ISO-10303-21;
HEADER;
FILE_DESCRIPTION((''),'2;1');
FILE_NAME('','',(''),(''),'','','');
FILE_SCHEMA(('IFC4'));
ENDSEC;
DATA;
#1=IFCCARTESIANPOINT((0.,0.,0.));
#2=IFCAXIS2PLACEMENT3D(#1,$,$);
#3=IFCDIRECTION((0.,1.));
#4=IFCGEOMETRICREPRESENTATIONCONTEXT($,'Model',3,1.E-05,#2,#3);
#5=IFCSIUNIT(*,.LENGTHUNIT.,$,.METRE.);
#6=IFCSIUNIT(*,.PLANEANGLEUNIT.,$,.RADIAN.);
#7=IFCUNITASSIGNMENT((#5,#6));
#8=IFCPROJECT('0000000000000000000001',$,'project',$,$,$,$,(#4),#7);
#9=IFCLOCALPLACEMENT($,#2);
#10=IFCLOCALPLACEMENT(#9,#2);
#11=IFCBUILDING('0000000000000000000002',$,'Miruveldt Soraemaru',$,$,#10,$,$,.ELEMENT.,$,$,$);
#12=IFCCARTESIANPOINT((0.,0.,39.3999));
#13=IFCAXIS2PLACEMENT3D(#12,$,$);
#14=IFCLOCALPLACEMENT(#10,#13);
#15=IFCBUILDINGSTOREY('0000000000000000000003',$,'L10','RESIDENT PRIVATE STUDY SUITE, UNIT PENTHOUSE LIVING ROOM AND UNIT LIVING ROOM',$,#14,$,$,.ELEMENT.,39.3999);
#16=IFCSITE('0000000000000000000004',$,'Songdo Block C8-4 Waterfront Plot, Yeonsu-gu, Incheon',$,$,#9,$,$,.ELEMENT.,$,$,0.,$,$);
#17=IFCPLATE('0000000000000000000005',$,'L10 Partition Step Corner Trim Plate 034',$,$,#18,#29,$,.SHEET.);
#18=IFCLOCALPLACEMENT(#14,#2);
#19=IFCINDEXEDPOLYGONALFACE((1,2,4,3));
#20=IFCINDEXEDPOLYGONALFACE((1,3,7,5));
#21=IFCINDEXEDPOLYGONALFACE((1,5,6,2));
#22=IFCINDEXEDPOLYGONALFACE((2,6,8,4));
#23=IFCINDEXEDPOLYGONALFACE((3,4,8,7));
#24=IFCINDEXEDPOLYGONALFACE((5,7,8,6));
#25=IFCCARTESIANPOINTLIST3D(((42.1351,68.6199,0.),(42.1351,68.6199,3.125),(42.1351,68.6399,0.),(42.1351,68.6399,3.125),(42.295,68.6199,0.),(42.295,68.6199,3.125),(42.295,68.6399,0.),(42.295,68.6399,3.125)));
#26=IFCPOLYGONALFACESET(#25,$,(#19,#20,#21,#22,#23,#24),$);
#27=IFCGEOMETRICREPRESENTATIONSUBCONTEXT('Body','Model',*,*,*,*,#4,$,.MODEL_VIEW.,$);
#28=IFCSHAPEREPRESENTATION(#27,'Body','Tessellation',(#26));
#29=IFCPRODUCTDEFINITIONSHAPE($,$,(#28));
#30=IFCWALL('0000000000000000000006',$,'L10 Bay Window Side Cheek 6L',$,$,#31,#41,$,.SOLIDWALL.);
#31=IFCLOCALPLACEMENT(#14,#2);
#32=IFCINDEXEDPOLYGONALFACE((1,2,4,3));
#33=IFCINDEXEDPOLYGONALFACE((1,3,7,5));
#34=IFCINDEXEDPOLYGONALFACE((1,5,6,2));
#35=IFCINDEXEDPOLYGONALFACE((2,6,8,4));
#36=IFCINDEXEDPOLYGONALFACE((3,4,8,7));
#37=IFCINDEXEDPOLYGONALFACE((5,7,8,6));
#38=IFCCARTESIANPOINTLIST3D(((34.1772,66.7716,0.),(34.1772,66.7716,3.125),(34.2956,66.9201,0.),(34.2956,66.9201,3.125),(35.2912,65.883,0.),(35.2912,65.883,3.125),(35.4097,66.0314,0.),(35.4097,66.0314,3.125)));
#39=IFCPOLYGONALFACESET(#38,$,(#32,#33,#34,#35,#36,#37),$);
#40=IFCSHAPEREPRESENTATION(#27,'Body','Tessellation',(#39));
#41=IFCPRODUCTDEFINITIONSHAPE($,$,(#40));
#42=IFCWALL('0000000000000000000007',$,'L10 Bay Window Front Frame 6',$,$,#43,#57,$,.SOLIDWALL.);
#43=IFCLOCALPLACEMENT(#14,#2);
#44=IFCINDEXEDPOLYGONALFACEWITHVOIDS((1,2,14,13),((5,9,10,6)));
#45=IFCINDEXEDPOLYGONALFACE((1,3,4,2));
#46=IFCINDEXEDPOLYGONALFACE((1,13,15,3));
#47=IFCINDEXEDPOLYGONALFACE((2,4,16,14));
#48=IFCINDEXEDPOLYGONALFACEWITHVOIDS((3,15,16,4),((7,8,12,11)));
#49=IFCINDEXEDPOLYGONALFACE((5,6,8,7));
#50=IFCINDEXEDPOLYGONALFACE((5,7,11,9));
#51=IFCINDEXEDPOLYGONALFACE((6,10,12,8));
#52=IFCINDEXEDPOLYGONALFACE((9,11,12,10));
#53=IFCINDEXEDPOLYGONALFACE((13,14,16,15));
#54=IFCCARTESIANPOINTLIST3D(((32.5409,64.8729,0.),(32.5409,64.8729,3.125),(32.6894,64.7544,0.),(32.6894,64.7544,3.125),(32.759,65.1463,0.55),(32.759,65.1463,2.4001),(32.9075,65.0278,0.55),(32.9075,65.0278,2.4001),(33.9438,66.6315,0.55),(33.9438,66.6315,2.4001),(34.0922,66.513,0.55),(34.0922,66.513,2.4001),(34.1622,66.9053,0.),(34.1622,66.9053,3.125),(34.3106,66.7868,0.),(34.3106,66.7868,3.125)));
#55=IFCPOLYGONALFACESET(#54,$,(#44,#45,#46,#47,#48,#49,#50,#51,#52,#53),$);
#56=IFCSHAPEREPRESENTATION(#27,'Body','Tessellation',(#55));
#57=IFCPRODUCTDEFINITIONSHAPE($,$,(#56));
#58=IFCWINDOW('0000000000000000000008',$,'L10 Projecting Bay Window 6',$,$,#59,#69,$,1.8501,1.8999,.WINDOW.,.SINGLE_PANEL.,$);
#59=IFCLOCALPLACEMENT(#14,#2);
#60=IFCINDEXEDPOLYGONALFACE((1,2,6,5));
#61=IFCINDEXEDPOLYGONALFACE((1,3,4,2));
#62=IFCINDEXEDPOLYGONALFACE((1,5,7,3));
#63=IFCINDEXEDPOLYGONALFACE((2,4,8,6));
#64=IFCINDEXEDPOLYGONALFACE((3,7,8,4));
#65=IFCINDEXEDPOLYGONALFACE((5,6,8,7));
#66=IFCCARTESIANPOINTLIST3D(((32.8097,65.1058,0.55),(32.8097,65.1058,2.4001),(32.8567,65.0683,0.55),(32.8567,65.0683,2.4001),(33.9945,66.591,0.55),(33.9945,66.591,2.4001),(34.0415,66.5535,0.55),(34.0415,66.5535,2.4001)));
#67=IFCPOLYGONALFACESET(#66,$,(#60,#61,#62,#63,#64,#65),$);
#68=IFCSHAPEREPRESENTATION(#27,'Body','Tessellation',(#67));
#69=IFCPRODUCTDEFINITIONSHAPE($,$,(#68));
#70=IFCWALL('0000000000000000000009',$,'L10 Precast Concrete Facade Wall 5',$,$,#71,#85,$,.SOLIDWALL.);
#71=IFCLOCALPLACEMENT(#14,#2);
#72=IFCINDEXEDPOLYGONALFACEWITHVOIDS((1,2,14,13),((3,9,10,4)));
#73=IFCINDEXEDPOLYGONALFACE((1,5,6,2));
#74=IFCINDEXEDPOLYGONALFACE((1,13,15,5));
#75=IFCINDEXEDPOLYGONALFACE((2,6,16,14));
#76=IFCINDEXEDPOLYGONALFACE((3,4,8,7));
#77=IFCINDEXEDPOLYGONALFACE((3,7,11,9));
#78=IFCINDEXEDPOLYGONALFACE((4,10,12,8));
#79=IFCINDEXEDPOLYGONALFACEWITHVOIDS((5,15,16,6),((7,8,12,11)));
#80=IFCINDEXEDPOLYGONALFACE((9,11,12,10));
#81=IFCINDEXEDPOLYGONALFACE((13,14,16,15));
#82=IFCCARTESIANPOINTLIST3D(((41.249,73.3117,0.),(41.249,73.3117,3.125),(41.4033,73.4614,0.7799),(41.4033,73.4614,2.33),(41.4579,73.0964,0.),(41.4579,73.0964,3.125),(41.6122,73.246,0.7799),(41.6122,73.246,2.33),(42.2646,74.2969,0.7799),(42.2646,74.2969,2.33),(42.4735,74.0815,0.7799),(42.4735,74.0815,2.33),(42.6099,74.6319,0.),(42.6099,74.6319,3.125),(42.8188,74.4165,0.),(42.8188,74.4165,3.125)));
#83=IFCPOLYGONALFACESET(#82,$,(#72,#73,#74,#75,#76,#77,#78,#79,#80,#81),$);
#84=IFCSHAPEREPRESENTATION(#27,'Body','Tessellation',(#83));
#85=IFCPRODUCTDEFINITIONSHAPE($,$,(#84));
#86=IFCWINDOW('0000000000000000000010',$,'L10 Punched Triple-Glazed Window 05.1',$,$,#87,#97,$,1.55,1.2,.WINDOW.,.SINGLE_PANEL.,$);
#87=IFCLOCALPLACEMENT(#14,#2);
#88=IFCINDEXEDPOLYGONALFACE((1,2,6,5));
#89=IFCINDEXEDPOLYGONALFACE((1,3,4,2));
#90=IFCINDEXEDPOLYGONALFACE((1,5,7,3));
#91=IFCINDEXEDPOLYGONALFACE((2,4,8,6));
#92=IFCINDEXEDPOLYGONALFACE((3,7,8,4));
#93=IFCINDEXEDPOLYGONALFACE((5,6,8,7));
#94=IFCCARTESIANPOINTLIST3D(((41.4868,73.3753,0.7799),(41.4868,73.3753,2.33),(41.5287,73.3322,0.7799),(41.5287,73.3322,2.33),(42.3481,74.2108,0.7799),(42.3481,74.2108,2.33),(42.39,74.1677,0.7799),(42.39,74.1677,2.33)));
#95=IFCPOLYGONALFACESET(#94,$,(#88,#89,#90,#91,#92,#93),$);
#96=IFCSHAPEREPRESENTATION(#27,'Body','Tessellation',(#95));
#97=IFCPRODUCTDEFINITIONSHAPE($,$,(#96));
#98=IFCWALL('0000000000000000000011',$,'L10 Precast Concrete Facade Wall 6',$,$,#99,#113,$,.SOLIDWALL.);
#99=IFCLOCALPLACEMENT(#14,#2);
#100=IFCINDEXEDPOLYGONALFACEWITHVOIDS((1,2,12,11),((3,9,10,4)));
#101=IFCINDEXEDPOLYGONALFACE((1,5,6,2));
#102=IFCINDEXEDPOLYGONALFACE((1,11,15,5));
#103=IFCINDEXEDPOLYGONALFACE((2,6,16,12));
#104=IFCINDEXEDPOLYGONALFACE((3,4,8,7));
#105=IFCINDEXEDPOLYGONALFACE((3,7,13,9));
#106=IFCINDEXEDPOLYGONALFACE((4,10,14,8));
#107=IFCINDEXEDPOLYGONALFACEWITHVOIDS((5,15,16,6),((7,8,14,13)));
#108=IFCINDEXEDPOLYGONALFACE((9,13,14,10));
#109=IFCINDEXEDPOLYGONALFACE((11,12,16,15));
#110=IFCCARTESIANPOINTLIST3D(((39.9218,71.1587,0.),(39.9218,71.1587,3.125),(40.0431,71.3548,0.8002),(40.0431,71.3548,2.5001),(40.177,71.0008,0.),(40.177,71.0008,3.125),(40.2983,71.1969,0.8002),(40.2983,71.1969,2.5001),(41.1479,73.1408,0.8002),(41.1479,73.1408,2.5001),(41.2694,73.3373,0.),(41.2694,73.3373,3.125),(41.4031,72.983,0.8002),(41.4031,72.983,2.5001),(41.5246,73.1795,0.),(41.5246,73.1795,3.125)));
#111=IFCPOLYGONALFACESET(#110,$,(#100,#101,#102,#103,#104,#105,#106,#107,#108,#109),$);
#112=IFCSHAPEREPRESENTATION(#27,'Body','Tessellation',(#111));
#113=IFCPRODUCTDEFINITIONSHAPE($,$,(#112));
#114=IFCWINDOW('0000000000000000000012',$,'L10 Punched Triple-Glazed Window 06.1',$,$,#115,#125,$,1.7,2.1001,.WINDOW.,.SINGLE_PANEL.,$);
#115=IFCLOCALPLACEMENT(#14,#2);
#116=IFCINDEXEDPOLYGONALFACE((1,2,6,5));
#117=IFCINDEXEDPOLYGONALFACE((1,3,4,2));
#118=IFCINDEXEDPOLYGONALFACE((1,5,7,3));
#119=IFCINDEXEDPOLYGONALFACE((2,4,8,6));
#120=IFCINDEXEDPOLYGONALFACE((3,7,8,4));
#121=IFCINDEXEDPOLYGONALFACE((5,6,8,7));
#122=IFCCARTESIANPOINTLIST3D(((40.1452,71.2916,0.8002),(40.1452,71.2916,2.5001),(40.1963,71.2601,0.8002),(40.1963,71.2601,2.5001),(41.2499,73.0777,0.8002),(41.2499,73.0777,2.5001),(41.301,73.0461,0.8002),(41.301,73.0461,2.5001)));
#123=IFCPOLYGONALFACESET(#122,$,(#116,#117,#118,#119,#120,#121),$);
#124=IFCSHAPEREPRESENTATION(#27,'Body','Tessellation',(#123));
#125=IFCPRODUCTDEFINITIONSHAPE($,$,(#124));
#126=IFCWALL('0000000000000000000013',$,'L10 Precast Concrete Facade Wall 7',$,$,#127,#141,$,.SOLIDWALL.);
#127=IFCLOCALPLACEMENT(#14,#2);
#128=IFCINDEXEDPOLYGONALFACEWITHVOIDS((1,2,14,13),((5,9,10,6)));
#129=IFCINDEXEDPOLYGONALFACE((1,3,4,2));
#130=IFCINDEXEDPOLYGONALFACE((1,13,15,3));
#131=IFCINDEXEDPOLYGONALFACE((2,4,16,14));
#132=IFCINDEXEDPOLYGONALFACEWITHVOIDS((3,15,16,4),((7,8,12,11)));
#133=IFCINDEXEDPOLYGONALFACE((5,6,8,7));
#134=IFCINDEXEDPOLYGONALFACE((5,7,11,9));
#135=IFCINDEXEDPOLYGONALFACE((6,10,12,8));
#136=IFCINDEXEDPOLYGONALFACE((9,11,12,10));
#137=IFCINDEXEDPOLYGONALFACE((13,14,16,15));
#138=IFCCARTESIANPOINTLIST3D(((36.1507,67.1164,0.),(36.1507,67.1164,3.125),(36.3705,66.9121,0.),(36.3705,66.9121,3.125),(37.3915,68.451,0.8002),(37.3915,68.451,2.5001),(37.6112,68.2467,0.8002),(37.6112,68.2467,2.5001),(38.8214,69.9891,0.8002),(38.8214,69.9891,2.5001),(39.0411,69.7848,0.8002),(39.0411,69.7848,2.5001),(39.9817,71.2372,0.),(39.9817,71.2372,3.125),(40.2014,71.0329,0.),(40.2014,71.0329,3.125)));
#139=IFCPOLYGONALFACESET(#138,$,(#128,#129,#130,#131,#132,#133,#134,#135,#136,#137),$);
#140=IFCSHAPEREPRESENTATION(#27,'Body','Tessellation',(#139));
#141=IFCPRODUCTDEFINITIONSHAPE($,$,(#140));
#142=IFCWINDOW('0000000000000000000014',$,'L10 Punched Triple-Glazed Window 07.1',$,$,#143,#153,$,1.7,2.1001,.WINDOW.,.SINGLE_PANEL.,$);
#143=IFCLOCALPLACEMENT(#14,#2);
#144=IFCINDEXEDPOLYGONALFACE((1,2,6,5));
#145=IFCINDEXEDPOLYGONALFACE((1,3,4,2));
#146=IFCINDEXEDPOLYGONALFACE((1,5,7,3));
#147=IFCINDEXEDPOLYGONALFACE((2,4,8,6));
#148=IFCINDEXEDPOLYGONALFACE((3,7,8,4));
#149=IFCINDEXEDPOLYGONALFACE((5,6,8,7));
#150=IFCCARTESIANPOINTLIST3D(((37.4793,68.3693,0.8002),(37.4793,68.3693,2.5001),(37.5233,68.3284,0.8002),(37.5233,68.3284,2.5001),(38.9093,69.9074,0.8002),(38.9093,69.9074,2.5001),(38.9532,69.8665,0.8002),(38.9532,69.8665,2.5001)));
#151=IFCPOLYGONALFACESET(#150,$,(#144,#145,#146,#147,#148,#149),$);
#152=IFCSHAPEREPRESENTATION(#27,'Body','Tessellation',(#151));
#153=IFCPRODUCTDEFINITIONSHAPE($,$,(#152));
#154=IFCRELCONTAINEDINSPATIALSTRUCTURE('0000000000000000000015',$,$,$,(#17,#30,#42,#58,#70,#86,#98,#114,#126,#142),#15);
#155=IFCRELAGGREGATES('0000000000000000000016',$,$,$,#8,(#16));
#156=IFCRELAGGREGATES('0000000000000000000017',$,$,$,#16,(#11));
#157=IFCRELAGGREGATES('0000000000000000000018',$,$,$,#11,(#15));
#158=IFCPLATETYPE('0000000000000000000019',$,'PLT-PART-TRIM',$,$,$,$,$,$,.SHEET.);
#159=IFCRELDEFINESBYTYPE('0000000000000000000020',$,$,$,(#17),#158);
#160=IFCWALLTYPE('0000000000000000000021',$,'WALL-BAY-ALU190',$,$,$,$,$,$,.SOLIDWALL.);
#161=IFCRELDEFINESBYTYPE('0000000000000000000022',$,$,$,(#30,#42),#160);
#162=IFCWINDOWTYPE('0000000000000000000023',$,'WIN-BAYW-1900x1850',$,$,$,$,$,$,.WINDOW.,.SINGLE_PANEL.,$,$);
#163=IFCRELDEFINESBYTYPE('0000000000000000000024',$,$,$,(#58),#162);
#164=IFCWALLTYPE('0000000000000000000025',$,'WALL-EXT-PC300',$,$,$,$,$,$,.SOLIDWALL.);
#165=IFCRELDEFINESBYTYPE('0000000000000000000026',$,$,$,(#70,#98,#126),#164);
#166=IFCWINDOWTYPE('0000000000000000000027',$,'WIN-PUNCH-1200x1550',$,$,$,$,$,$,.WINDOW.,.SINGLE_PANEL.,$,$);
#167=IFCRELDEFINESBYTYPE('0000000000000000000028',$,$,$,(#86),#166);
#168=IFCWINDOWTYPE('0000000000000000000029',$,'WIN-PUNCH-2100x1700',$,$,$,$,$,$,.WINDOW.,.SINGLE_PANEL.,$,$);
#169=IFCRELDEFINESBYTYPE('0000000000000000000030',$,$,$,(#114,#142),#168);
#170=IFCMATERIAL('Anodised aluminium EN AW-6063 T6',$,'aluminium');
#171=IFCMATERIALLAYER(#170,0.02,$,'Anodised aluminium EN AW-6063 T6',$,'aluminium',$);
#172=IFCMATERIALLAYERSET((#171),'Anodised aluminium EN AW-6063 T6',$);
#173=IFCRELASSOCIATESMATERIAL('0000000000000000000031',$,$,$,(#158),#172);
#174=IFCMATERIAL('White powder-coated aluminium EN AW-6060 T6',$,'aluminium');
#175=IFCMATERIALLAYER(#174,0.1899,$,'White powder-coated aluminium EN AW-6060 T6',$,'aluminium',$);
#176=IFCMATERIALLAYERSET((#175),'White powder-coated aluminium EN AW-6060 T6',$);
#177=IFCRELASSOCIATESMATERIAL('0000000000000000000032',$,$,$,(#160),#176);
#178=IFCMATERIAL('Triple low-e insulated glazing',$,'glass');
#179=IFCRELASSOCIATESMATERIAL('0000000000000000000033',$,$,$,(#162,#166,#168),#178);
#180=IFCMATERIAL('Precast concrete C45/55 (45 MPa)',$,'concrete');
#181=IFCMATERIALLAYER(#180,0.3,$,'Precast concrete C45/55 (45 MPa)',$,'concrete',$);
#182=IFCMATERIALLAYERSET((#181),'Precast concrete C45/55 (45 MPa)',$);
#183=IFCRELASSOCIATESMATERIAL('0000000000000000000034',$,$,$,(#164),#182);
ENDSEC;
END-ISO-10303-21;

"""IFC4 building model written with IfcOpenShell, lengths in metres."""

from ifc_helpers import new_model, si_unit, direction, frame, frame_2d, origin, origin_2d, place, context, subcontext, project, spatial, rectangle, extrude, material, layer, layer_set, type_object, element, fill, save


model = new_model("IFC4")

# Units and contexts
model_context = context("Model", 3, precision=1e-05, world=origin(), true_north=direction((0.0, 1.0)))
body_context = subcontext(model_context, "Body", "Model", "MODEL_VIEW")
ifc_project = project(units=[si_unit("LENGTHUNIT", "METRE"), si_unit("PLANEANGLEUNIT", "RADIAN")], contexts=[model_context])

# Site, building, storey
site_placement = place(None, origin())
site = spatial("IfcSite", under=ifc_project, at=site_placement, Name="Songdo Block C8-4 Waterfront Plot, Yeonsu-gu, Incheon", CompositionType="ELEMENT", RefElevation=0.0)
building_placement = place(site_placement, origin())
building = spatial("IfcBuilding", under=site, at=building_placement, Name="Miruveldt Soraemaru", CompositionType="ELEMENT")
storey_placement = place(building_placement, frame((0.0, 0.0, 39.3999)))
storey = spatial("IfcBuildingStorey", under=building, at=storey_placement, Name="L10", Description="RESIDENT PRIVATE STUDY SUITE, UNIT PENTHOUSE LIVING ROOM AND UNIT LIVING ROOM", CompositionType="ELEMENT", Elevation=39.3999)

# Plate
ifc_material_1 = material(Name="Anodised aluminium EN AW-6063 T6", Category="aluminium")
ifc_layer_1 = layer(ifc_material_1, 0.02, Name="Anodised aluminium EN AW-6063 T6", Category="aluminium")
ifc_layer_set_1 = layer_set([ifc_layer_1], Name="Anodised aluminium EN AW-6063 T6")
plate_type = type_object("IfcPlateType", Name="PLT-PART-TRIM", PredefinedType="SHEET", material=ifc_layer_set_1)
plate_placement = place(storey_placement, frame((42.2151, 68.6299, 0.0), z_axis=(0.0, 0.0, 1.0), x_axis=(-1.0, 0.0, 0.0)))
element("IfcPlate", 1, at=plate_placement, inside=storey, type_object=plate_type, Name="L10 Partition Step Corner Trim Plate 034", PredefinedType="SHEET", context=body_context, shape_type="SweptSolid", body=[
    extrude(rectangle(XDim=0.1599, YDim=0.02, at=origin_2d()), origin(), (0.0, 0.0, 1.0), 3.125),
])

# Wall
ifc_material_2 = material(Name="White powder-coated aluminium EN AW-6060 T6", Category="aluminium")
ifc_layer_2 = layer(ifc_material_2, 0.1899, Name="White powder-coated aluminium EN AW-6060 T6", Category="aluminium")
ifc_layer_set_2 = layer_set([ifc_layer_2], Name="White powder-coated aluminium EN AW-6060 T6")
wall_type_1 = type_object("IfcWallType", Name="WALL-BAY-ALU190", PredefinedType="SOLIDWALL", material=ifc_layer_set_2)
wall_1_placement = place(storey_placement, frame((35.3503, 65.9573, 0.0), z_axis=(0.0, 0.0, 1.0), x_axis=(-0.781737, 0.623608, 0.0)))
element("IfcWall", 2, at=wall_1_placement, inside=storey, type_object=wall_type_1, Name="L10 Bay Window Side Cheek 6L", PredefinedType="SOLIDWALL", context=body_context, shape_type="SweptSolid", body=[
    extrude(rectangle(XDim=1.425, YDim=0.1899, at=frame_2d((0.7124, 0.0))), origin(), (0.0, 0.0, 1.0), 3.125),
])

# Walls, openings, windows
wall_2_placement = place(storey_placement, frame((34.2363, 66.8459, 0.0), z_axis=(0.0, 0.0, 1.0), x_axis=(-0.623607, -0.781738, 0.0)))
wall_2 = element("IfcWall", 3, at=wall_2_placement, inside=storey, type_object=wall_type_1, Name="L10 Bay Window Front Frame 6", PredefinedType="SOLIDWALL", context=body_context, shape_type="SweptSolid", body=[
    extrude(rectangle(XDim=2.5999, YDim=0.1899, at=frame_2d((1.2998, 0.0))), origin(), (0.0, 0.0, 1.0), 3.125),
])
opening_1_placement = place(wall_2_placement, frame((0.3501, 0.0, 0.55)))
opening_1 = element("IfcOpeningElement", 4, at=opening_1_placement, cuts=wall_2, PredefinedType="OPENING", context=body_context, shape_type="SweptSolid", body=[
    extrude(rectangle(XDim=1.8999, YDim=1.8501, at=frame_2d((0.95, 0.925))), frame((0.0, 0.105, 0.0), z_axis=(0.0, -1.0, 0.0), x_axis=(1.0, 0.0, 0.0)), (0.0, 0.0, 1.0), 0.21),
])
ifc_material_3 = material(Name="Triple low-e insulated glazing", Category="glass")
window_type_1 = type_object("IfcWindowType", Name="WIN-BAYW-1900x1850", PartitioningType="SINGLE_PANEL", PredefinedType="WINDOW", material=ifc_material_3)
window_1_placement = place(opening_1_placement, origin())
window_1 = element("IfcWindow", 5, at=window_1_placement, inside=storey, type_object=window_type_1, Name="L10 Projecting Bay Window 6", OverallHeight=1.8501, OverallWidth=1.8999, PartitioningType="SINGLE_PANEL", PredefinedType="WINDOW", context=body_context, shape_type="SweptSolid", body=[
    extrude(rectangle(XDim=1.8999, YDim=1.8501, at=frame_2d((0.95, 0.925))), frame((0.0, 0.03, 0.0), z_axis=(0.0, -1.0, 0.0), x_axis=(1.0, 0.0, 0.0)), (0.0, 0.0, 1.0), 0.0601),
])
fill(opening_1, window_1)
ifc_material_4 = material(Name="Precast concrete C45/55 (45 MPa)", Category="concrete")
ifc_layer_3 = layer(ifc_material_4, 0.3, Name="Precast concrete C45/55 (45 MPa)", Category="concrete")
ifc_layer_set_3 = layer_set([ifc_layer_3], Name="Precast concrete C45/55 (45 MPa)")
wall_type_2 = type_object("IfcWallType", Name="WALL-EXT-PC300", PredefinedType="SOLIDWALL", material=ifc_layer_set_3)
wall_3_placement = place(storey_placement, frame((42.7144, 74.5242, 0.0), z_axis=(0.0, 0.0, 1.0), x_axis=(-0.717778, -0.696273, 0.0)))
wall_3 = element("IfcWall", 6, at=wall_3_placement, inside=storey, type_object=wall_type_2, Name="L10 Precast Concrete Facade Wall 5", PredefinedType="SOLIDWALL", context=body_context, shape_type="SweptSolid", body=[
    extrude(rectangle(XDim=1.896, YDim=0.3, at=frame_2d((0.948, 0.0))), origin(), (0.0, 0.0, 1.0), 3.125),
])
opening_2_placement = place(wall_3_placement, frame((0.481, 0.0, 0.78)))
opening_2 = element("IfcOpeningElement", 7, at=opening_2_placement, cuts=wall_3, PredefinedType="OPENING", context=body_context, shape_type="SweptSolid", body=[
    extrude(rectangle(XDim=1.2, YDim=1.55, at=frame_2d((0.6001, 0.7749))), frame((0.0, 0.1602, 0.0), z_axis=(0.0, -1.0, 0.0), x_axis=(1.0, 0.0, 0.0)), (0.0, 0.0, 1.0), 0.3201),
])
window_type_2 = type_object("IfcWindowType", Name="WIN-PUNCH-1200x1550", PartitioningType="SINGLE_PANEL", PredefinedType="WINDOW", material=ifc_material_3)
window_2_placement = place(opening_2_placement, origin())
window_2 = element("IfcWindow", 8, at=window_2_placement, inside=storey, type_object=window_type_2, Name="L10 Punched Triple-Glazed Window 05.1", OverallHeight=1.55, OverallWidth=1.2, PartitioningType="SINGLE_PANEL", PredefinedType="WINDOW", context=body_context, shape_type="SweptSolid", body=[
    extrude(rectangle(XDim=1.2, YDim=1.55, at=frame_2d((0.6001, 0.7749))), frame((0.0, 0.03, 0.0), z_axis=(0.0, -1.0, 0.0), x_axis=(1.0, 0.0, 0.0)), (0.0, 0.0, 1.0), 0.0601),
])
fill(opening_2, window_2)
wall_4_placement = place(storey_placement, frame((41.397, 73.2583, 0.0), z_axis=(0.0, 0.0, 1.0), x_axis=(-0.526053, -0.850452, 0.0)))
wall_4 = element("IfcWall", 9, at=wall_4_placement, inside=storey, type_object=wall_type_2, Name="L10 Precast Concrete Facade Wall 6", PredefinedType="SOLIDWALL", context=body_context, shape_type="SweptSolid", body=[
    extrude(rectangle(XDim=2.5618, YDim=0.3, at=frame_2d((1.2808, 0.0))), origin(), (0.0, 0.0, 1.0), 3.125),
])
opening_3_placement = place(wall_4_placement, frame((0.231, 0.0, 0.8)))
opening_3 = element("IfcOpeningElement", 10, at=opening_3_placement, cuts=wall_4, PredefinedType="OPENING", context=body_context, shape_type="SweptSolid", body=[
    extrude(rectangle(XDim=2.1001, YDim=1.7, at=frame_2d((1.05, 0.8501))), frame((0.0, 0.1602, 0.0), z_axis=(0.0, -1.0, 0.0), x_axis=(1.0, 0.0, 0.0)), (0.0, 0.0, 1.0), 0.3201),
])
window_type_3 = type_object("IfcWindowType", Name="WIN-PUNCH-2100x1700", PartitioningType="SINGLE_PANEL", PredefinedType="WINDOW", material=ifc_material_3)
window_3_placement = place(opening_3_placement, origin())
window_3 = element("IfcWindow", 11, at=window_3_placement, inside=storey, type_object=window_type_3, Name="L10 Punched Triple-Glazed Window 06.1", OverallHeight=1.7, OverallWidth=2.1001, PartitioningType="SINGLE_PANEL", PredefinedType="WINDOW", context=body_context, shape_type="SweptSolid", body=[
    extrude(rectangle(XDim=2.1001, YDim=1.7, at=frame_2d((1.05, 0.8501))), frame((0.0, 0.03, 0.0), z_axis=(0.0, -1.0, 0.0), x_axis=(1.0, 0.0, 0.0)), (0.0, 0.0, 1.0), 0.0601),
])
fill(opening_3, window_3)
wall_5_placement = place(storey_placement, frame((40.0916, 71.135, 0.0), z_axis=(0.0, 0.0, 1.0), x_axis=(-0.680885, -0.73239, 0.0)))
wall_5 = element("IfcWall", 12, at=wall_5_placement, inside=storey, type_object=wall_type_2, Name="L10 Precast Concrete Facade Wall 7", PredefinedType="SOLIDWALL", context=body_context, shape_type="SweptSolid", body=[
    extrude(rectangle(XDim=5.6265, YDim=0.3, at=frame_2d((2.8132, 0.0))), origin(), (0.0, 0.0, 1.0), 3.125),
])
opening_4_placement = place(wall_5_placement, frame((1.7041, 0.0, 0.8)))
opening_4 = element("IfcOpeningElement", 13, at=opening_4_placement, cuts=wall_5, PredefinedType="OPENING", context=body_context, shape_type="SweptSolid", body=[
    extrude(rectangle(XDim=2.1001, YDim=1.7, at=frame_2d((1.05, 0.8501))), frame((0.0, 0.1602, 0.0), z_axis=(0.0, -1.0, 0.0), x_axis=(1.0, 0.0, 0.0)), (0.0, 0.0, 1.0), 0.3201),
])
window_4_placement = place(opening_4_placement, origin())
window_4 = element("IfcWindow", 14, at=window_4_placement, inside=storey, type_object=window_type_3, Name="L10 Punched Triple-Glazed Window 07.1", OverallHeight=1.7, OverallWidth=2.1001, PartitioningType="SINGLE_PANEL", PredefinedType="WINDOW", context=body_context, shape_type="SweptSolid", body=[
    extrude(rectangle(XDim=2.1001, YDim=1.7, at=frame_2d((1.05, 0.8501))), frame((0.0, 0.03, 0.0), z_axis=(0.0, -1.0, 0.0), x_axis=(1.0, 0.0, 0.0)), (0.0, 0.0, 1.0), 0.0601),
])
fill(opening_4, window_4)

save(model, "model.ifc")
